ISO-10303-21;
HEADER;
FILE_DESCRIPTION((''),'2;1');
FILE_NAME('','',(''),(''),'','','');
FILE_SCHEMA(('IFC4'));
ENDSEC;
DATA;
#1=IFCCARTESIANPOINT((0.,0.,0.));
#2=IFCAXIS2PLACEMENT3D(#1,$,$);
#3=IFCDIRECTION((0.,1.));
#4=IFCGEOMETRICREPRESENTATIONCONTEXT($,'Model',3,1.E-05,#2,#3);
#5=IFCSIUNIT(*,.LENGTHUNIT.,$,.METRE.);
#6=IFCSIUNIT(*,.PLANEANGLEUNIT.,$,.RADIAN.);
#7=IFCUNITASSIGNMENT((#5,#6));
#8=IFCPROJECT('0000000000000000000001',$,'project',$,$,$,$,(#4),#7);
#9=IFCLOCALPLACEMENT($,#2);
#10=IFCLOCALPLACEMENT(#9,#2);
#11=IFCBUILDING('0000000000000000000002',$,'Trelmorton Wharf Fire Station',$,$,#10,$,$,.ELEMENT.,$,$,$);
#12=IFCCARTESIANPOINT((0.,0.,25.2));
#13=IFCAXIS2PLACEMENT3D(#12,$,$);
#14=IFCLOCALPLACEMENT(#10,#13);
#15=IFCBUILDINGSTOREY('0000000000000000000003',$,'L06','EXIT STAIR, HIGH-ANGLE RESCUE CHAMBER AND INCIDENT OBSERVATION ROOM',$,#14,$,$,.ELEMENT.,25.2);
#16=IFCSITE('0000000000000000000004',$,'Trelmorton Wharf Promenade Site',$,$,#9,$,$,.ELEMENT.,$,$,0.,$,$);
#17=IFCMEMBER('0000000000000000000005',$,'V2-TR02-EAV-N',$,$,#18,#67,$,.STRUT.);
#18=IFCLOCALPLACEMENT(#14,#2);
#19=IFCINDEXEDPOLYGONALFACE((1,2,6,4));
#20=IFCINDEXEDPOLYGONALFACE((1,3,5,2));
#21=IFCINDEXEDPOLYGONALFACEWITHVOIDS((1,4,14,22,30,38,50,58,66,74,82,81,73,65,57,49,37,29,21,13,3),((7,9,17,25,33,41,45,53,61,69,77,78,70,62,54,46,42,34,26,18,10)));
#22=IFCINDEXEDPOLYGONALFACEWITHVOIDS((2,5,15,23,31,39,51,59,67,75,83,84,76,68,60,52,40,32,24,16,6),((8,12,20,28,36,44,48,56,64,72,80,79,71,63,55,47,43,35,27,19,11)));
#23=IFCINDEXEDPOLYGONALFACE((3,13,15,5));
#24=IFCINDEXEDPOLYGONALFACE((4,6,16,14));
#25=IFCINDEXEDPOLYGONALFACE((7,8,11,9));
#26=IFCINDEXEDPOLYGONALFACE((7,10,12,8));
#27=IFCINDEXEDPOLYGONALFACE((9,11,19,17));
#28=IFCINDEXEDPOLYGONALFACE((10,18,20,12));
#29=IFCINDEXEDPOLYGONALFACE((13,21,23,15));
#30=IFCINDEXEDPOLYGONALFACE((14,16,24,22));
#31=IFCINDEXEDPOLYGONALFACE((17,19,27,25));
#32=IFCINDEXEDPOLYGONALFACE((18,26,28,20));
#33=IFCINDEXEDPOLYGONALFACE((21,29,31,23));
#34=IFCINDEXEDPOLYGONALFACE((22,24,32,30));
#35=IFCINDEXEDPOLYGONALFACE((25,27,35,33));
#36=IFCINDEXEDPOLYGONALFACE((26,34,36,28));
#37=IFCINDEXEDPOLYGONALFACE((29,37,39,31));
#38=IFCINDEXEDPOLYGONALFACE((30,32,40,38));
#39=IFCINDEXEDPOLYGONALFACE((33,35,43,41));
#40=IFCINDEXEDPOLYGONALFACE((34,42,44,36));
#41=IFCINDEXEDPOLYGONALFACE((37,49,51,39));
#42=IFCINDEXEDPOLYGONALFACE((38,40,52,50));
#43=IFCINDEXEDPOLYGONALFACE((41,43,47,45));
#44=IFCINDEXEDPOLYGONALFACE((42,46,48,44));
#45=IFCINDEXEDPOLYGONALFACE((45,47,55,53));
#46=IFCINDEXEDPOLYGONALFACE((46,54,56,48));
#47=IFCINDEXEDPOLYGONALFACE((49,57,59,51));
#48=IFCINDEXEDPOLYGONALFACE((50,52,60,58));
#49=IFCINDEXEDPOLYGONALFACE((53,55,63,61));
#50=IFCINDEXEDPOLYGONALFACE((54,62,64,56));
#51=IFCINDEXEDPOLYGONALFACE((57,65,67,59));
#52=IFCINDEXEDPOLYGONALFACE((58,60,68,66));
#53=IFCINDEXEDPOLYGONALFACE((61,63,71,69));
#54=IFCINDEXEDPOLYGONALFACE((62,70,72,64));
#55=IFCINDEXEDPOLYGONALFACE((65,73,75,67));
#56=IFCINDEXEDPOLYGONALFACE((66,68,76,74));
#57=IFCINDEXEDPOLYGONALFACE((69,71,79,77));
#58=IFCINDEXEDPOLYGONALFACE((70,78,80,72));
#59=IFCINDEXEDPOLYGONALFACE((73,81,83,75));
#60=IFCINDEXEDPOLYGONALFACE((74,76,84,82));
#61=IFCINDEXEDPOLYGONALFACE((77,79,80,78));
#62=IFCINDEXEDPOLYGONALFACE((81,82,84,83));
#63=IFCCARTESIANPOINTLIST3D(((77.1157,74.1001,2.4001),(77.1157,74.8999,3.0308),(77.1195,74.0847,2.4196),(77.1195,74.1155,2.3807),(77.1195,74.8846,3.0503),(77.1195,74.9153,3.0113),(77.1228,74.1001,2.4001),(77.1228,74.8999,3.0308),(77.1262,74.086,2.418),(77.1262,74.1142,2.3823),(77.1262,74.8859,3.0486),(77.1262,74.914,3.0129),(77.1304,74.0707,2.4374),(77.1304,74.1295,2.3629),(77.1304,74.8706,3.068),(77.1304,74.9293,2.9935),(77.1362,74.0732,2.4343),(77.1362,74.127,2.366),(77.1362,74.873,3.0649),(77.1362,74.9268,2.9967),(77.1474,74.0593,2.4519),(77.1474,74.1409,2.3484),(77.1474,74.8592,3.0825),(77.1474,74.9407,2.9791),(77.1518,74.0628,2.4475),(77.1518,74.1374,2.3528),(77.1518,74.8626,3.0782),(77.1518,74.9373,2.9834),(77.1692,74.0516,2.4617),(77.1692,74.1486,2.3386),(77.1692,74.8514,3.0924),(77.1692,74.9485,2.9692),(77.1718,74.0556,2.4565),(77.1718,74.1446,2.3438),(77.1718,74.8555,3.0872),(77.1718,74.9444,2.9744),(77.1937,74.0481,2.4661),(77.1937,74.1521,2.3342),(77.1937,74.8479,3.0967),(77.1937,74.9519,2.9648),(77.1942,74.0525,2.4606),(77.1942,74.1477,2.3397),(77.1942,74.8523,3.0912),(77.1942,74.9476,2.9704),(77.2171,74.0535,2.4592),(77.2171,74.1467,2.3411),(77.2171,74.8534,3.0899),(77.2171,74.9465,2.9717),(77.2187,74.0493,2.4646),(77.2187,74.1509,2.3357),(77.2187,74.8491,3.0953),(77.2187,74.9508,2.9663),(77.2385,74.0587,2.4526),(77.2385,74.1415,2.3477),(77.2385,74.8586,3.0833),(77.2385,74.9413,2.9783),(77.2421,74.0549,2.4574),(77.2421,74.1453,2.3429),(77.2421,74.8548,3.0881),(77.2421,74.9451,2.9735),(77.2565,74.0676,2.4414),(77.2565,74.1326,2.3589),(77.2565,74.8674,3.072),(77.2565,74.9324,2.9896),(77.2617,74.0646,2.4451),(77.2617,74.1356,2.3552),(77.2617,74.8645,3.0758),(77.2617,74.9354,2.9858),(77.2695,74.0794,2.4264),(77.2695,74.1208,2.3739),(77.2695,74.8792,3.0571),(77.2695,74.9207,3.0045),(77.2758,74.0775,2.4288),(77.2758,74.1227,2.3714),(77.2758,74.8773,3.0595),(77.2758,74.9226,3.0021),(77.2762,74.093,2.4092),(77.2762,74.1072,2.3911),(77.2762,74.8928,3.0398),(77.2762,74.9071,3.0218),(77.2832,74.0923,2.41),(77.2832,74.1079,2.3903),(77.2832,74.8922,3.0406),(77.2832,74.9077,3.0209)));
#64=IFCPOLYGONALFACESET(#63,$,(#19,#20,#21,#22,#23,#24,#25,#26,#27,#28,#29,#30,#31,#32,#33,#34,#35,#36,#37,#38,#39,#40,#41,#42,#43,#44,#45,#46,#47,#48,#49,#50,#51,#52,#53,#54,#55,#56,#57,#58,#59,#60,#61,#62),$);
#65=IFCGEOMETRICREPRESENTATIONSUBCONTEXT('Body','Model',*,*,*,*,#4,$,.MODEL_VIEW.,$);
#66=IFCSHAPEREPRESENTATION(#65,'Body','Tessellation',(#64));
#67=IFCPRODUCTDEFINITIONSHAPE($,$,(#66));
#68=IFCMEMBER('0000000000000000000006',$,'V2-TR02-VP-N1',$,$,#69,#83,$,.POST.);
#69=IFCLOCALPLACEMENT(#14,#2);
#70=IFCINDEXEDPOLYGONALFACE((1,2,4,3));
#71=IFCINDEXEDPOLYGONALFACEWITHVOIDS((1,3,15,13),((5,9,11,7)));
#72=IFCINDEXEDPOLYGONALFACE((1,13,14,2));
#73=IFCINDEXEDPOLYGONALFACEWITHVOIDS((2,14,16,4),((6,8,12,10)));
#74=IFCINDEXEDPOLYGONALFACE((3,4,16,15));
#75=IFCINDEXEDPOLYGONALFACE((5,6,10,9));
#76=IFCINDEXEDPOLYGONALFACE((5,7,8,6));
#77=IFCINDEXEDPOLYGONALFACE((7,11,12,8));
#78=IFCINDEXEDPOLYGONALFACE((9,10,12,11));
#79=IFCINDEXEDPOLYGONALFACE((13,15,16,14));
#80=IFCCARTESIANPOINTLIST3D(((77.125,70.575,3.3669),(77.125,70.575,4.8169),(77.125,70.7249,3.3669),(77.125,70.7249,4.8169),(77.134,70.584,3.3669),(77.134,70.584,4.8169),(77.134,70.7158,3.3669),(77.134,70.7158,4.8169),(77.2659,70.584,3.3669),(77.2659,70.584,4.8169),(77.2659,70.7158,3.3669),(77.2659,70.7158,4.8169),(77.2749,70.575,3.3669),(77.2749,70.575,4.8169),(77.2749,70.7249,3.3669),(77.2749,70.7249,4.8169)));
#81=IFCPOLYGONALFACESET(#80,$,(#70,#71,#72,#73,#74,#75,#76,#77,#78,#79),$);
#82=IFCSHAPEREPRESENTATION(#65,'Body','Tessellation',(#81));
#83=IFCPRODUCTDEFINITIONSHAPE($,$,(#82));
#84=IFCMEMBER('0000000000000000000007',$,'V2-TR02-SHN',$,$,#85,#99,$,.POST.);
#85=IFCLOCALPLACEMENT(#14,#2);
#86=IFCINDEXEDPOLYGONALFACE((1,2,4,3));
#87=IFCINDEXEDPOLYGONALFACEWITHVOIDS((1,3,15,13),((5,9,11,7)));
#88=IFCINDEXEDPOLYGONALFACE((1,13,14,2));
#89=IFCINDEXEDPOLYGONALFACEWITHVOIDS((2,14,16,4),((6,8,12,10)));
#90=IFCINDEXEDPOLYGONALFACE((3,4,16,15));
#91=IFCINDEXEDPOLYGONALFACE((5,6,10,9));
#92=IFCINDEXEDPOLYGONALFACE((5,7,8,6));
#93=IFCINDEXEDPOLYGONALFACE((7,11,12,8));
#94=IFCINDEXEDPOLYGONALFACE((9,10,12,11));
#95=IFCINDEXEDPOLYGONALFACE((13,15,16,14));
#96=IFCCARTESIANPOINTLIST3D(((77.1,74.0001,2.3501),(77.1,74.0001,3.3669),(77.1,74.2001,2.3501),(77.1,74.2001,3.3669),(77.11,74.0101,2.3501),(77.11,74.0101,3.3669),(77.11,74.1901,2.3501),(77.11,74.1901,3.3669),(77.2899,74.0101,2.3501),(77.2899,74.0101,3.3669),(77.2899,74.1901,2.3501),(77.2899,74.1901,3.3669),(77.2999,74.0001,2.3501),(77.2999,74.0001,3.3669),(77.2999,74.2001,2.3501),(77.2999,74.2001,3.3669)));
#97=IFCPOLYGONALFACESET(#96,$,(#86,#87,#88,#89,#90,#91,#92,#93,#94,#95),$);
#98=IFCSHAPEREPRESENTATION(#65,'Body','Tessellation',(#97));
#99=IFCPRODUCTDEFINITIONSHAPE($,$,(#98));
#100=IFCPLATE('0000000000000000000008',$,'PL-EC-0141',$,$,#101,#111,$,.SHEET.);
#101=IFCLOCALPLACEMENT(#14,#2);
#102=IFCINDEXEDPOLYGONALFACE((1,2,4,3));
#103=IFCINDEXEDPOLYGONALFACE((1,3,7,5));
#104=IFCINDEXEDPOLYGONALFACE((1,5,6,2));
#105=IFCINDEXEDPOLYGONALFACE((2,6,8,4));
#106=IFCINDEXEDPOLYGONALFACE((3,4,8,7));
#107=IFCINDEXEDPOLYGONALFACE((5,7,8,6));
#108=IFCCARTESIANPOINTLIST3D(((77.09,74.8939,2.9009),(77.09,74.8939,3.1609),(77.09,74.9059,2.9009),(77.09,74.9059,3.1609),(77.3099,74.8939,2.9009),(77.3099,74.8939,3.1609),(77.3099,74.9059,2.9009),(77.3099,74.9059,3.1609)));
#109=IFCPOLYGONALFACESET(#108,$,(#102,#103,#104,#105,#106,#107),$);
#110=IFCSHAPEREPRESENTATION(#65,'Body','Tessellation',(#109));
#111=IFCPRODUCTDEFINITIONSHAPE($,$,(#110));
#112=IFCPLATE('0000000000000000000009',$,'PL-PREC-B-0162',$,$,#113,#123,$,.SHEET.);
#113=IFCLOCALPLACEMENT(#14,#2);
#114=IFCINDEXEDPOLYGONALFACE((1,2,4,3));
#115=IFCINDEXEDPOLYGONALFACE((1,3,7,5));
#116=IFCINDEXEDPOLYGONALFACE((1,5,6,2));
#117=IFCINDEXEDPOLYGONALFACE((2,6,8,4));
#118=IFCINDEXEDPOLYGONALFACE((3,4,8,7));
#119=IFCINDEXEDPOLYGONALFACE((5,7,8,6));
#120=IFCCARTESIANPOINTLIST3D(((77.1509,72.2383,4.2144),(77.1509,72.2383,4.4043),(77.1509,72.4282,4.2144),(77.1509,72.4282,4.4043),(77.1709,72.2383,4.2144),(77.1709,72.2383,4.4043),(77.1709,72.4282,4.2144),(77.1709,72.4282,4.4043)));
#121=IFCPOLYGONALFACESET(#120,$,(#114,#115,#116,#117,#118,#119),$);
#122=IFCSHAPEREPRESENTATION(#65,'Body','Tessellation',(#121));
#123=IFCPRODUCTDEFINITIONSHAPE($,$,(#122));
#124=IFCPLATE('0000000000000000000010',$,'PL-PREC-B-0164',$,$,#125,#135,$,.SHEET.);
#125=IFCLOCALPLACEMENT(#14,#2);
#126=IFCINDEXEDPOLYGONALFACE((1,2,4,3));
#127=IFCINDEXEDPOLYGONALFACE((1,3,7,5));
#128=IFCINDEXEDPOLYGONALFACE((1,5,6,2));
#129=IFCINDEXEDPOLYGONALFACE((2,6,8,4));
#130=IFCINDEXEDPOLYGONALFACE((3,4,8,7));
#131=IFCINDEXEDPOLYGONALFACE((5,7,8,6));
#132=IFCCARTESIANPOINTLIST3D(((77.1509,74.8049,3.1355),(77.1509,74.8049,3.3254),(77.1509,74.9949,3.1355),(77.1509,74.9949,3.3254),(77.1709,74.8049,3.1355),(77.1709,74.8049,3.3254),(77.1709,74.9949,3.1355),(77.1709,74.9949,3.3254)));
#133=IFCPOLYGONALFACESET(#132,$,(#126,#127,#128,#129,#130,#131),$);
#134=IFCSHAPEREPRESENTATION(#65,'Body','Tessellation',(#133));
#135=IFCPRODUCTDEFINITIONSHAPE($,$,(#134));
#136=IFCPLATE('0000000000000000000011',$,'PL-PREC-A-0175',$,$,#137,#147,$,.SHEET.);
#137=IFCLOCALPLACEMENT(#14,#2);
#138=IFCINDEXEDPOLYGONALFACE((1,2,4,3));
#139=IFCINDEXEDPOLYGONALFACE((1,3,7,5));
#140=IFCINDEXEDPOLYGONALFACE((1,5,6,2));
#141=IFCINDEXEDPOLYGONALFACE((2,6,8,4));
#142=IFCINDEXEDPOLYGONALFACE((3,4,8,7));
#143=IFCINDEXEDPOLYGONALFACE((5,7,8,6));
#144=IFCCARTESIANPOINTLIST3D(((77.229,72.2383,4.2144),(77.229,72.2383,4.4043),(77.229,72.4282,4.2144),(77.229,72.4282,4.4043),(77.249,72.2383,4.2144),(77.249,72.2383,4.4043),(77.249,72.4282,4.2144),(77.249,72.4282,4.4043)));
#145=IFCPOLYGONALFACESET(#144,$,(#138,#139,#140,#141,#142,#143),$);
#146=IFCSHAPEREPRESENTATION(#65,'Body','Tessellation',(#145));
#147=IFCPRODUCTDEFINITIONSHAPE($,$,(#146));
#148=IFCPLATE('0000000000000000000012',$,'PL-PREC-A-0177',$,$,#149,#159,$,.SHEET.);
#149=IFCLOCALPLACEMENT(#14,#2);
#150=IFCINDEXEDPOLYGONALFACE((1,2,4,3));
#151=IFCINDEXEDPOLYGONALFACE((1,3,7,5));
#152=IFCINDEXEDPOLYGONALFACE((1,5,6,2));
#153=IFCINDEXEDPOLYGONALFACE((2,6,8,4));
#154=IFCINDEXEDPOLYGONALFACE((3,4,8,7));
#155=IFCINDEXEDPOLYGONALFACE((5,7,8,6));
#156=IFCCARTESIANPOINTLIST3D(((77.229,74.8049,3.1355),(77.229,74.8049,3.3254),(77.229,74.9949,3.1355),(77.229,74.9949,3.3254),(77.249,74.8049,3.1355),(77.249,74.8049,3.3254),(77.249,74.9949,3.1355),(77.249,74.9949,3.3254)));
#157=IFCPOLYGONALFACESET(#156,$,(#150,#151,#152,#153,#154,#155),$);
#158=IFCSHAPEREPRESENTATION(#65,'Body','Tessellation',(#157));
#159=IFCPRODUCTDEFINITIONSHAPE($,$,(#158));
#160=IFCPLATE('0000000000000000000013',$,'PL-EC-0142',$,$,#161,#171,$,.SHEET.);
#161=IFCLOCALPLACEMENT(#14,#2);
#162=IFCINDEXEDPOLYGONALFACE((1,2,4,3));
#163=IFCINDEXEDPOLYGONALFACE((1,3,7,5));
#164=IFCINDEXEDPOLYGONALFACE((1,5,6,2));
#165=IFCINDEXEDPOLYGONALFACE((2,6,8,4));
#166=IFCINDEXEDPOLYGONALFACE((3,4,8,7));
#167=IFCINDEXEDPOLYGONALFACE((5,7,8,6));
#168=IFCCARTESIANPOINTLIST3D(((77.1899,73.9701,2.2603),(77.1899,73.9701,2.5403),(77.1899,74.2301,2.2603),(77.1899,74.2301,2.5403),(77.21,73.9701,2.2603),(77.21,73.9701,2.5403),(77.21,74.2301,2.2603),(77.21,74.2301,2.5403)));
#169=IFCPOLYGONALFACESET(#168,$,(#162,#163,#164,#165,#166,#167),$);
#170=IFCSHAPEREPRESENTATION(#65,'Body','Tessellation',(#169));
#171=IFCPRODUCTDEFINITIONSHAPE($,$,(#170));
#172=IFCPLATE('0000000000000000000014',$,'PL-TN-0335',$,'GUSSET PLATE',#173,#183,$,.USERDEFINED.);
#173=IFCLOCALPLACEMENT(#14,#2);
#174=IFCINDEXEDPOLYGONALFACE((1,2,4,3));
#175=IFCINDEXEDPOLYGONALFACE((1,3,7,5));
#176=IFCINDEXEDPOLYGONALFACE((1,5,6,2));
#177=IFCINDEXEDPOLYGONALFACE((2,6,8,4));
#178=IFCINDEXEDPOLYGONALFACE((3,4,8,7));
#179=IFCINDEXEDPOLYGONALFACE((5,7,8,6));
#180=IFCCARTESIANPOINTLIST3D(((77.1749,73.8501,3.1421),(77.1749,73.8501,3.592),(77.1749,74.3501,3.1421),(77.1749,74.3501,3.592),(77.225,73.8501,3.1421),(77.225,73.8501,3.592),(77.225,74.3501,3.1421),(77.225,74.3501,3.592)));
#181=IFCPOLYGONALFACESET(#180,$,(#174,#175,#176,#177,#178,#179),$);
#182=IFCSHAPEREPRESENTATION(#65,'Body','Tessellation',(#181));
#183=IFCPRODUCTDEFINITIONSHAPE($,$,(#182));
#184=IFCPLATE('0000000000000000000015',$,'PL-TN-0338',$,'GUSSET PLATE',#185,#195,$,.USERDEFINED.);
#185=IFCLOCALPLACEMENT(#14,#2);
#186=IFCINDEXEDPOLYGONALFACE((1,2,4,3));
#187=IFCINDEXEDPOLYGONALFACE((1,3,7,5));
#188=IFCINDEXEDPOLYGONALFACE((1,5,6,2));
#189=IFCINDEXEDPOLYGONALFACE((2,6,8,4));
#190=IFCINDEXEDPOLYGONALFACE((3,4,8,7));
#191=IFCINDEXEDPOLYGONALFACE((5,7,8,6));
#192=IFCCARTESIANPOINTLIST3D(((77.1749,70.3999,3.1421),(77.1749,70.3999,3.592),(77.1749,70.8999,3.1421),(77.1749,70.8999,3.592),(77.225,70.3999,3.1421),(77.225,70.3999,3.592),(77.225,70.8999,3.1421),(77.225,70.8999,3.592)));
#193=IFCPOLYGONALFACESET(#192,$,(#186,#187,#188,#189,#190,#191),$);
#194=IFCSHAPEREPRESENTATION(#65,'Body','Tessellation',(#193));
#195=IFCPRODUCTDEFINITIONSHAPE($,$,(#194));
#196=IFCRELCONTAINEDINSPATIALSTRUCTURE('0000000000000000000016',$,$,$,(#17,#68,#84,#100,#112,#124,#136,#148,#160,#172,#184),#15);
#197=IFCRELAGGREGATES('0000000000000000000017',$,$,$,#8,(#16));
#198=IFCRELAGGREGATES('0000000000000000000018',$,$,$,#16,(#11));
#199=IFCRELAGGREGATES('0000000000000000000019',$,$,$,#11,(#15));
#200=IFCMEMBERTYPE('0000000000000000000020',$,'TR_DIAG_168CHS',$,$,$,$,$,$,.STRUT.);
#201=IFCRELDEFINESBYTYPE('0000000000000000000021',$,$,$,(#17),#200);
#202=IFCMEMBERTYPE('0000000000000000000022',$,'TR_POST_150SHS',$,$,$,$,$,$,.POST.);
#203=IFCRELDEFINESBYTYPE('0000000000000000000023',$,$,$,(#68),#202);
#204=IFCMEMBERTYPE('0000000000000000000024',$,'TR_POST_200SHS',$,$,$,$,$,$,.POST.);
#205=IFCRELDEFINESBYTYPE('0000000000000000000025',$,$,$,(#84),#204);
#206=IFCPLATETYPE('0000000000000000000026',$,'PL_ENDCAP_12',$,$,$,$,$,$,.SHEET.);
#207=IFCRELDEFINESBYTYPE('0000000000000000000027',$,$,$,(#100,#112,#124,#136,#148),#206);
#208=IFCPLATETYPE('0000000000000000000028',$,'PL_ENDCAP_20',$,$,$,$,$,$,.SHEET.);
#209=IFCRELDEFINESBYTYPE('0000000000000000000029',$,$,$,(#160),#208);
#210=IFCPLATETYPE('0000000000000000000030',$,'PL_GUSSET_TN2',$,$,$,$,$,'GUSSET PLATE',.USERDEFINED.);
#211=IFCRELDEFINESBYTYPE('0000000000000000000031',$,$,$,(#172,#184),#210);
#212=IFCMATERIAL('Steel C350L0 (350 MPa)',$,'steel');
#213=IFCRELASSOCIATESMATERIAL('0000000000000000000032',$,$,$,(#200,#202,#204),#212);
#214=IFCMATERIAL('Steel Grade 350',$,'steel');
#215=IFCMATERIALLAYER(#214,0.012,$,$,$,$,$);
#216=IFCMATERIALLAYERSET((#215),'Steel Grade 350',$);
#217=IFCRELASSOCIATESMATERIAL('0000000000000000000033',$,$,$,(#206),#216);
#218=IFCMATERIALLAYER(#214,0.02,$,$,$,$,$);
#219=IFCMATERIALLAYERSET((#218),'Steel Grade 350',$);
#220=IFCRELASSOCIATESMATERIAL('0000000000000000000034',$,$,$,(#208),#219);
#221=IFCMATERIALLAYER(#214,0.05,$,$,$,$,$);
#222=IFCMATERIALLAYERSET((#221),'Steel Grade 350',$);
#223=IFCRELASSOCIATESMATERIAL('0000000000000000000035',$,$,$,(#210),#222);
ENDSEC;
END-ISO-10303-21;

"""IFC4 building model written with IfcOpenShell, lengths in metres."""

from ifc_helpers import new_model, si_unit, direction, frame, origin, origin_2d, place, context, subcontext, project, spatial, rectangle, hollow_rectangle, hollow_circle, extrude, material, layer, layer_set, material_profile, profile_set, type_object, element, save


model = new_model("IFC4")

# Units and contexts
model_context = context("Model", 3, precision=1e-05, world=origin(), true_north=direction((0.0, 1.0)))
body_context = subcontext(model_context, "Body", "Model", "MODEL_VIEW")
ifc_project = project(units=[si_unit("LENGTHUNIT", "METRE"), si_unit("PLANEANGLEUNIT", "RADIAN")], contexts=[model_context])

# Site, building, storey
site_placement = place(None, origin())
site = spatial("IfcSite", under=ifc_project, at=site_placement, Name="Trelmorton Wharf Promenade Site", CompositionType="ELEMENT", RefElevation=0.0)
building_placement = place(site_placement, origin())
building = spatial("IfcBuilding", under=site, at=building_placement, Name="Trelmorton Wharf Fire Station", CompositionType="ELEMENT")
storey_placement = place(building_placement, frame((0.0, 0.0, 25.2)))
storey = spatial("IfcBuildingStorey", under=building, at=storey_placement, Name="L06", Description="EXIT STAIR, HIGH-ANGLE RESCUE CHAMBER AND INCIDENT OBSERVATION ROOM", CompositionType="ELEMENT", Elevation=25.2)

# Shared definitions
ifc_material_1 = material(Name="Steel Grade 350", Category="steel")

# Members
ifc_material_2 = material(Name="Steel C350L0 (350 MPa)", Category="steel")
ifc_material_profile_1 = material_profile(ifc_material_2, hollow_circle(Radius=0.0842, WallThickness=0.0071, at=origin_2d()), Name="168.3x7.1CHS")
ifc_profile_set_1 = profile_set([ifc_material_profile_1], Name="Steel C350L0 (350 MPa)")
member_type_1 = type_object("IfcMemberType", Name="TR_DIAG_168CHS", PredefinedType="STRUT", material=ifc_profile_set_1)
member_1_placement = place(storey_placement, frame((77.2, 74.1001, 2.4001), z_axis=(0.0, 0.785269, 0.619155), x_axis=(-1.0, 0.0, 0.0)))
element("IfcMember", 1, at=member_1_placement, inside=storey, type_object=member_type_1, Name="V2-TR02-EAV-N", PredefinedType="STRUT", context=body_context, shape_type="SweptSolid", body=[
    extrude(hollow_circle(Radius=0.0842, WallThickness=0.0071, at=origin_2d()), origin(), (0.0, 0.0, 1.0), 1.0186),
])
ifc_material_profile_2 = material_profile(ifc_material_2, hollow_rectangle(XDim=0.1499, YDim=0.1499, WallThickness=0.009, at=origin_2d()), Name="150x150x9.0SHS")
ifc_profile_set_2 = profile_set([ifc_material_profile_2], Name="Steel C350L0 (350 MPa)")
member_type_2 = type_object("IfcMemberType", Name="TR_POST_150SHS", PredefinedType="POST", material=ifc_profile_set_2)
member_2_placement = place(storey_placement, frame((77.2, 70.6499, 3.3669), z_axis=(0.0, 0.0, 1.0), x_axis=(1.0, 0.0, 0.0)))
element("IfcMember", 2, at=member_2_placement, inside=storey, type_object=member_type_2, Name="V2-TR02-VP-N1", PredefinedType="POST", context=body_context, shape_type="SweptSolid", body=[
    extrude(hollow_rectangle(XDim=0.1499, YDim=0.1499, WallThickness=0.009, at=origin_2d()), origin(), (0.0, 0.0, 1.0), 1.45),
])
ifc_material_profile_3 = material_profile(ifc_material_2, hollow_rectangle(XDim=0.2, YDim=0.2, WallThickness=0.01, at=origin_2d()), Name="200x200x10.0SHS")
ifc_profile_set_3 = profile_set([ifc_material_profile_3], Name="Steel C350L0 (350 MPa)")
member_type_3 = type_object("IfcMemberType", Name="TR_POST_200SHS", PredefinedType="POST", material=ifc_profile_set_3)
member_3_placement = place(storey_placement, frame((77.2, 74.1001, 2.3501), z_axis=(0.0, 0.0, 1.0), x_axis=(1.0, 0.0, 0.0)))
element("IfcMember", 3, at=member_3_placement, inside=storey, type_object=member_type_3, Name="V2-TR02-SHN", PredefinedType="POST", context=body_context, shape_type="SweptSolid", body=[
    extrude(hollow_rectangle(XDim=0.2, YDim=0.2, WallThickness=0.01, at=origin_2d()), origin(), (0.0, 0.0, 1.0), 1.0168),
])

# Plates
ifc_layer_1 = layer(ifc_material_1, 0.012)
ifc_layer_set_1 = layer_set([ifc_layer_1], Name="Steel Grade 350")
plate_type_1 = type_object("IfcPlateType", Name="PL_ENDCAP_12", PredefinedType="SHEET", material=ifc_layer_set_1)
plate_1_placement = place(storey_placement, frame((77.2, 74.8999, 2.9009), z_axis=(0.0, 0.0, 1.0), x_axis=(1.0, 0.0, 0.0)))
element("IfcPlate", 4, at=plate_1_placement, inside=storey, type_object=plate_type_1, Name="PL-EC-0141", PredefinedType="SHEET", context=body_context, shape_type="SweptSolid", body=[
    extrude(rectangle(XDim=0.22, YDim=0.012, at=origin_2d()), origin(), (0.0, 0.0, 1.0), 0.26),
])
for number, where, z_axis, x_axis, name in (
    (5, (77.1609, 72.3333, 4.2144), (0.0, 0.0, 1.0), (1.0, 0.0, 0.0), "PL-PREC-B-0162"),
    (6, (77.1609, 74.8999, 3.1355), (0.0, 0.0, 1.0), (1.0, 0.0, 0.0), "PL-PREC-B-0164"),
    (7, (77.239, 72.3333, 4.2144), (0.0, 0.0, 1.0), (1.0, 0.0, 0.0), "PL-PREC-A-0175"),
    (8, (77.239, 74.8999, 3.1355), (0.0, 0.0, 1.0), (1.0, 0.0, 0.0), "PL-PREC-A-0177"),
):
    element("IfcPlate", number, at=place(storey_placement, frame(where, z_axis=z_axis, x_axis=x_axis)), inside=storey, type_object=plate_type_1, Name=name, PredefinedType="SHEET", context=body_context, shape_type="SweptSolid", body=[
        extrude(rectangle(XDim=0.02, YDim=0.1899, at=origin_2d()), origin(), (0.0, 0.0, 1.0), 0.1899),
    ])
ifc_layer_2 = layer(ifc_material_1, 0.02)
ifc_layer_set_2 = layer_set([ifc_layer_2], Name="Steel Grade 350")
plate_type_2 = type_object("IfcPlateType", Name="PL_ENDCAP_20", PredefinedType="SHEET", material=ifc_layer_set_2)
plate_2_placement = place(storey_placement, frame((77.2, 74.1001, 2.2603), z_axis=(0.0, 0.0, 1.0), x_axis=(1.0, 0.0, 0.0)))
element("IfcPlate", 9, at=plate_2_placement, inside=storey, type_object=plate_type_2, Name="PL-EC-0142", PredefinedType="SHEET", context=body_context, shape_type="SweptSolid", body=[
    extrude(rectangle(XDim=0.02, YDim=0.26, at=origin_2d()), origin(), (0.0, 0.0, 1.0), 0.28),
])
ifc_layer_3 = layer(ifc_material_1, 0.05)
ifc_layer_set_3 = layer_set([ifc_layer_3], Name="Steel Grade 350")
plate_type_3 = type_object("IfcPlateType", Name="PL_GUSSET_TN2", ElementType="GUSSET PLATE", PredefinedType="USERDEFINED", material=ifc_layer_set_3)
for number, where, z_axis, x_axis, name in (
    (10, (77.2, 74.1001, 3.1421), (0.0, 0.0, 1.0), (1.0, 0.0, 0.0), "PL-TN-0335"),
    (11, (77.2, 70.6499, 3.1421), (0.0, 0.0, 1.0), (1.0, 0.0, 0.0), "PL-TN-0338"),
):
    element("IfcPlate", number, at=place(storey_placement, frame(where, z_axis=z_axis, x_axis=x_axis)), inside=storey, type_object=plate_type_3, Name=name, ObjectType="GUSSET PLATE", PredefinedType="USERDEFINED", context=body_context, shape_type="SweptSolid", body=[
        extrude(rectangle(XDim=0.05, YDim=0.5, at=origin_2d()), origin(), (0.0, 0.0, 1.0), 0.45),
    ])

save(model, "model.ifc")
